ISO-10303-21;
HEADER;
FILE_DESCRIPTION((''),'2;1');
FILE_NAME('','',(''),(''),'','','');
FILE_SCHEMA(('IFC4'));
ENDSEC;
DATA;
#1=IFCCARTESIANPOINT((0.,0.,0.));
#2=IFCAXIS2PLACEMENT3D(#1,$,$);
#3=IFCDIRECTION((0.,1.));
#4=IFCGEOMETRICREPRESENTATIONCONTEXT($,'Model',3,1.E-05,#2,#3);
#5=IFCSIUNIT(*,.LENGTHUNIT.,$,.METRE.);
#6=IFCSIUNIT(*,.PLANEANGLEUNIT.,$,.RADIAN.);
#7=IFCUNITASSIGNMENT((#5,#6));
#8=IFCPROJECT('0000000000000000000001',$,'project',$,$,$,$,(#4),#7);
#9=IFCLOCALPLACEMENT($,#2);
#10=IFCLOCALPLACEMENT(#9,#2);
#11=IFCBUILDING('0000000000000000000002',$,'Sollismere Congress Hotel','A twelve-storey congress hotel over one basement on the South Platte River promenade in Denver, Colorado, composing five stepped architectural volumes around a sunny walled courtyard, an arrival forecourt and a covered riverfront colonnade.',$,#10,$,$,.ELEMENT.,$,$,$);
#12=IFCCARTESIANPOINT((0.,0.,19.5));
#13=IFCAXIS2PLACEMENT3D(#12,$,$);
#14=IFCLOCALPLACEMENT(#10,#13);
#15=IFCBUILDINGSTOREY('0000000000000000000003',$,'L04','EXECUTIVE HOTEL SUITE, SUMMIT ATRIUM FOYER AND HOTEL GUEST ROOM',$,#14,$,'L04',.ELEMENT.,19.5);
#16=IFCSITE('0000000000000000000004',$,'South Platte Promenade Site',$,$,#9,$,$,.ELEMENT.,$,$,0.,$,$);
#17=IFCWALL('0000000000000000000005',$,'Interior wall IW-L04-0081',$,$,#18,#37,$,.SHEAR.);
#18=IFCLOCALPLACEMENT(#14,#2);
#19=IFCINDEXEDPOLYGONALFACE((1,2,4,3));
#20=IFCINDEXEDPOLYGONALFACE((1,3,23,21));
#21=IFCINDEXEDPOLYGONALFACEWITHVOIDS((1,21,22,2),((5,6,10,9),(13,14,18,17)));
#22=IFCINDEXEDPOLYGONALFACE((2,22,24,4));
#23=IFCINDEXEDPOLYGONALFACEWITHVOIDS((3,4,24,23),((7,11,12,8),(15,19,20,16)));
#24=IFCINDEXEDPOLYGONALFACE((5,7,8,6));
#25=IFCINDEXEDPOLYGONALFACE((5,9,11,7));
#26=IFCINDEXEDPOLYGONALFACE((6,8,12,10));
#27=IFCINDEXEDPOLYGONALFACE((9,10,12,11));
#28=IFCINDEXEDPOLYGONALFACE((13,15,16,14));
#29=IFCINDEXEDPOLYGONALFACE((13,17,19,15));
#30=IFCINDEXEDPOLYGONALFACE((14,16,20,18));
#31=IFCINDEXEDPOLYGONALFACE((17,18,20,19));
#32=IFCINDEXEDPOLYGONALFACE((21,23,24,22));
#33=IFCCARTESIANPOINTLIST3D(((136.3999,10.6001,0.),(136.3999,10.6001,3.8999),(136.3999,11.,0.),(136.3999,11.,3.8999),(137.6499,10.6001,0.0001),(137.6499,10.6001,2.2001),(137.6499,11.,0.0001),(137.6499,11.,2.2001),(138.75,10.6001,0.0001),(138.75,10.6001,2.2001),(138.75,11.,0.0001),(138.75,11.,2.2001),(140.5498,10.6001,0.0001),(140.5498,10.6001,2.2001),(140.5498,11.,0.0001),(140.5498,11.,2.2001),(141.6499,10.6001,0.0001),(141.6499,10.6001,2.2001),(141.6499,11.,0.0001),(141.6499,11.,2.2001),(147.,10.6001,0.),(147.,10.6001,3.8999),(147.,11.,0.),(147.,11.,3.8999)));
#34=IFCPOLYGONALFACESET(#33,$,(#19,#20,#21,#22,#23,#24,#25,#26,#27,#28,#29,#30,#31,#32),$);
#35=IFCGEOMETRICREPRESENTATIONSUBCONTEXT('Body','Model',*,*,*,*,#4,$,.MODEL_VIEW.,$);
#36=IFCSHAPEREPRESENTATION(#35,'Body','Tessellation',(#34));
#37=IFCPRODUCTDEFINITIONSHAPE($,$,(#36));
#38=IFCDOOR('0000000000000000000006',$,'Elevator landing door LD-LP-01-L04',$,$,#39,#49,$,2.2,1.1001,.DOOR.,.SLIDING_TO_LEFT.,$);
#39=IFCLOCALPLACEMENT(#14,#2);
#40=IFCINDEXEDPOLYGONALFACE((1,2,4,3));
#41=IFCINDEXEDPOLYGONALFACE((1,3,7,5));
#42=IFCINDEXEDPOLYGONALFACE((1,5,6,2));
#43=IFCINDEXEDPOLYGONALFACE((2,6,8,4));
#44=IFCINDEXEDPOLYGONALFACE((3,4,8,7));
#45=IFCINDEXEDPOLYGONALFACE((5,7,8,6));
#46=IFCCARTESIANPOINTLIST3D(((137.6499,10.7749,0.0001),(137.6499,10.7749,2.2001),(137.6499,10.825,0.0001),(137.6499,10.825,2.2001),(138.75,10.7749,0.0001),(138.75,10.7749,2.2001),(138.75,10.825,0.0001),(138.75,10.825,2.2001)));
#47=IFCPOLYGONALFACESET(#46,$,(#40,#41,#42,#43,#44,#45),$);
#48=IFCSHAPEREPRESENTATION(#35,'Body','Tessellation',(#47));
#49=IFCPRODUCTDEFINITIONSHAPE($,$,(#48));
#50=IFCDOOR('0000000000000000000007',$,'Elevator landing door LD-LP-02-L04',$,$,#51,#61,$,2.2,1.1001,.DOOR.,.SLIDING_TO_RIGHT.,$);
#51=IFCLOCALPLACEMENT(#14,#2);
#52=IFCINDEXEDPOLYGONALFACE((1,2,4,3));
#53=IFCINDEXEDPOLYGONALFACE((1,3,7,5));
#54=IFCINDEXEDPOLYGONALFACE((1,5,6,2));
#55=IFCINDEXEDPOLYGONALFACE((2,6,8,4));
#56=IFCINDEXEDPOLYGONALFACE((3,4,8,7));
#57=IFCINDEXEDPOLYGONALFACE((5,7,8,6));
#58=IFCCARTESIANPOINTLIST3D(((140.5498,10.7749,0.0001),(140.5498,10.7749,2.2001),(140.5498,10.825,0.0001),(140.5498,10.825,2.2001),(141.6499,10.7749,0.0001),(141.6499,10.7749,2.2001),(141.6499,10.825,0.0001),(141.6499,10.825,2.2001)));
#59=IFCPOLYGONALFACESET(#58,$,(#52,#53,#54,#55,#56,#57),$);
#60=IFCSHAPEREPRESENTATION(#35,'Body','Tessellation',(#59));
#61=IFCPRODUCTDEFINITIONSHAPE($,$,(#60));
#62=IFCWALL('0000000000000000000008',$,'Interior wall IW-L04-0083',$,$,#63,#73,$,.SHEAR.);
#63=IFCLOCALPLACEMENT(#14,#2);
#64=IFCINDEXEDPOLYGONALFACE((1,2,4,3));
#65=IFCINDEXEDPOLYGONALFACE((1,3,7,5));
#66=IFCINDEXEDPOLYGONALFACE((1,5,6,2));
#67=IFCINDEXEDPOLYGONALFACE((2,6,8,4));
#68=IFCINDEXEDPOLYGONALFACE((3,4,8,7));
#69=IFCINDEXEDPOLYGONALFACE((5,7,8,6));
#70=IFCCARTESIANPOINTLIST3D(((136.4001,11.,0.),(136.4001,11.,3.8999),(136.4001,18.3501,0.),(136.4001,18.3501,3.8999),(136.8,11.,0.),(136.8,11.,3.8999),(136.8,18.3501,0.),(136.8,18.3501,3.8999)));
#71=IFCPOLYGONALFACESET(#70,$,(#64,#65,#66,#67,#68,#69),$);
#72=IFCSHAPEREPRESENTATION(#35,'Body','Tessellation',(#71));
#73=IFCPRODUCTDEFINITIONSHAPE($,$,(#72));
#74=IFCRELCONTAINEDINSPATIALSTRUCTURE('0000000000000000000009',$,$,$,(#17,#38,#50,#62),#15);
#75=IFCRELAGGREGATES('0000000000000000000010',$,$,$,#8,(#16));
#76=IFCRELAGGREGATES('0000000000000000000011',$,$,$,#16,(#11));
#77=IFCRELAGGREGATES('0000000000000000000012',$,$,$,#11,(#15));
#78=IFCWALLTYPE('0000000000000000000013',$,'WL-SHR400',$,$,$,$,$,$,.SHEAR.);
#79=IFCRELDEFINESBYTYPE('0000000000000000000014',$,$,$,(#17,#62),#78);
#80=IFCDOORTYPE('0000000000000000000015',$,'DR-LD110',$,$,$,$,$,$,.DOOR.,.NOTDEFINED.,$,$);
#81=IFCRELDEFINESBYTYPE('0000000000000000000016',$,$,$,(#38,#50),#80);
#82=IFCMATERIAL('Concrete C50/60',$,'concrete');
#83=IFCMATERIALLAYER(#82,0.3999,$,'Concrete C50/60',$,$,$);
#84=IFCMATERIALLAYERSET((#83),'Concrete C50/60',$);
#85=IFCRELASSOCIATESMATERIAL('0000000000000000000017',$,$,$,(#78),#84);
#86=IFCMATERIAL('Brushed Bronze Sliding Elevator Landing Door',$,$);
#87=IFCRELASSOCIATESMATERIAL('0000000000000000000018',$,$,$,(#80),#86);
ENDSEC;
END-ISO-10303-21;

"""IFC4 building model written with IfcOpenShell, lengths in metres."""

from ifc_helpers import new_model, si_unit, direction, frame, frame_2d, origin, place, context, subcontext, project, spatial, rectangle, extrude, material, layer, layer_set, type_object, element, fill, save


model = new_model("IFC4")

# Units and contexts
model_context = context("Model", 3, precision=1e-05, world=origin(), true_north=direction((0.0, 1.0)))
body_context = subcontext(model_context, "Body", "Model", "MODEL_VIEW")
ifc_project = project(units=[si_unit("LENGTHUNIT", "METRE"), si_unit("PLANEANGLEUNIT", "RADIAN")], contexts=[model_context])

# Site, building, storey
site_placement = place(None, origin())
site = spatial("IfcSite", under=ifc_project, at=site_placement, Name="South Platte Promenade Site", CompositionType="ELEMENT", RefElevation=0.0)
building_placement = place(site_placement, origin())
building = spatial("IfcBuilding", under=site, at=building_placement, Name="Sollismere Congress Hotel", Description="A twelve-storey congress hotel over one basement on the South Platte River promenade in Denver, Colorado, composing five stepped architectural volumes around a sunny walled courtyard, an arrival forecourt and a covered riverfront colonnade.", CompositionType="ELEMENT")
storey_placement = place(building_placement, frame((0.0, 0.0, 19.5)))
storey = spatial("IfcBuildingStorey", under=building, at=storey_placement, Name="L04", Description="EXECUTIVE HOTEL SUITE, SUMMIT ATRIUM FOYER AND HOTEL GUEST ROOM", LongName="L04", CompositionType="ELEMENT", Elevation=19.5)

# Shared definitions
ifc_material_1 = material(Name="Concrete C50/60", Category="concrete")

# Wall, openings, doors
ifc_layer_1 = layer(ifc_material_1, 0.3999, Name="Concrete C50/60")
ifc_layer_set_1 = layer_set([ifc_layer_1], Name="Concrete C50/60")
wall_type_1 = type_object("IfcWallType", Name="WL-SHR400", PredefinedType="SHEAR", material=ifc_layer_set_1)
wall_1_placement = place(storey_placement, frame((136.3999, 10.8, 0.0), z_axis=(0.0, 0.0, 1.0), x_axis=(1.0, 0.0, 0.0)))
wall_1 = element("IfcWall", 1, at=wall_1_placement, inside=storey, type_object=wall_type_1, Name="Interior wall IW-L04-0081", PredefinedType="SHEAR", context=body_context, shape_type="SweptSolid", body=[
    extrude(rectangle(XDim=10.6001, YDim=0.3999, at=frame_2d((5.3, 0.0))), origin(), (0.0, 0.0, 1.0), 3.8999),
])
opening_1_placement = place(wall_1_placement, frame((1.25, 0.0, 0.0)))
opening_1 = element("IfcOpeningElement", 2, at=opening_1_placement, cuts=wall_1, PredefinedType="OPENING", context=body_context, shape_type="SweptSolid", body=[
    extrude(rectangle(XDim=1.1001, YDim=2.2, at=frame_2d((0.55, 1.1001))), frame((0.0, 0.21, 0.0), z_axis=(0.0, -1.0, 0.0), x_axis=(1.0, 0.0, 0.0)), (0.0, 0.0, 1.0), 0.4199),
])
opening_2_placement = place(wall_1_placement, frame((4.1499, 0.0, 0.0)))
opening_2 = element("IfcOpeningElement", 3, at=opening_2_placement, cuts=wall_1, PredefinedType="OPENING", context=body_context, shape_type="SweptSolid", body=[
    extrude(rectangle(XDim=1.1001, YDim=2.2, at=frame_2d((0.55, 1.1001))), frame((0.0, 0.21, 0.0), z_axis=(0.0, -1.0, 0.0), x_axis=(1.0, 0.0, 0.0)), (0.0, 0.0, 1.0), 0.4199),
])
ifc_material_2 = material(Name="Brushed Bronze Sliding Elevator Landing Door")
door_type_1 = type_object("IfcDoorType", Name="DR-LD110", OperationType="NOTDEFINED", PredefinedType="DOOR", material=ifc_material_2)
door_1_placement = place(opening_1_placement, origin())
door_1 = element("IfcDoor", 4, at=door_1_placement, inside=storey, type_object=door_type_1, Name="Elevator landing door LD-LP-01-L04", OperationType="SLIDING_TO_LEFT", OverallHeight=2.2, OverallWidth=1.1001, PredefinedType="DOOR", context=body_context, shape_type="SweptSolid", body=[
    extrude(rectangle(XDim=1.1001, YDim=2.2, at=frame_2d((0.55, 1.1001))), frame((0.0, 0.0249, 0.0), z_axis=(0.0, -1.0, 0.0), x_axis=(1.0, 0.0, 0.0)), (0.0, 0.0, 1.0), 0.05),
])
fill(opening_1, door_1)
door_2_placement = place(opening_2_placement, origin())
door_2 = element("IfcDoor", 5, at=door_2_placement, inside=storey, type_object=door_type_1, Name="Elevator landing door LD-LP-02-L04", OperationType="SLIDING_TO_RIGHT", OverallHeight=2.2, OverallWidth=1.1001, PredefinedType="DOOR", context=body_context, shape_type="SweptSolid", body=[
    extrude(rectangle(XDim=1.1001, YDim=2.2, at=frame_2d((0.55, 1.1001))), frame((0.0, 0.0249, 0.0), z_axis=(0.0, -1.0, 0.0), x_axis=(1.0, 0.0, 0.0)), (0.0, 0.0, 1.0), 0.05),
])
fill(opening_2, door_2)

# Wall
wall_2_placement = place(storey_placement, frame((136.6001, 18.3501, 0.0), z_axis=(0.0, 0.0, 1.0), x_axis=(0.0, -1.0, 0.0)))
element("IfcWall", 6, at=wall_2_placement, inside=storey, type_object=wall_type_1, Name="Interior wall IW-L04-0083", PredefinedType="SHEAR", context=body_context, shape_type="SweptSolid", body=[
    extrude(rectangle(XDim=7.3501, YDim=0.3999, at=frame_2d((3.675, 0.0))), origin(), (0.0, 0.0, 1.0), 3.8999),
])

save(model, "model.ifc")
